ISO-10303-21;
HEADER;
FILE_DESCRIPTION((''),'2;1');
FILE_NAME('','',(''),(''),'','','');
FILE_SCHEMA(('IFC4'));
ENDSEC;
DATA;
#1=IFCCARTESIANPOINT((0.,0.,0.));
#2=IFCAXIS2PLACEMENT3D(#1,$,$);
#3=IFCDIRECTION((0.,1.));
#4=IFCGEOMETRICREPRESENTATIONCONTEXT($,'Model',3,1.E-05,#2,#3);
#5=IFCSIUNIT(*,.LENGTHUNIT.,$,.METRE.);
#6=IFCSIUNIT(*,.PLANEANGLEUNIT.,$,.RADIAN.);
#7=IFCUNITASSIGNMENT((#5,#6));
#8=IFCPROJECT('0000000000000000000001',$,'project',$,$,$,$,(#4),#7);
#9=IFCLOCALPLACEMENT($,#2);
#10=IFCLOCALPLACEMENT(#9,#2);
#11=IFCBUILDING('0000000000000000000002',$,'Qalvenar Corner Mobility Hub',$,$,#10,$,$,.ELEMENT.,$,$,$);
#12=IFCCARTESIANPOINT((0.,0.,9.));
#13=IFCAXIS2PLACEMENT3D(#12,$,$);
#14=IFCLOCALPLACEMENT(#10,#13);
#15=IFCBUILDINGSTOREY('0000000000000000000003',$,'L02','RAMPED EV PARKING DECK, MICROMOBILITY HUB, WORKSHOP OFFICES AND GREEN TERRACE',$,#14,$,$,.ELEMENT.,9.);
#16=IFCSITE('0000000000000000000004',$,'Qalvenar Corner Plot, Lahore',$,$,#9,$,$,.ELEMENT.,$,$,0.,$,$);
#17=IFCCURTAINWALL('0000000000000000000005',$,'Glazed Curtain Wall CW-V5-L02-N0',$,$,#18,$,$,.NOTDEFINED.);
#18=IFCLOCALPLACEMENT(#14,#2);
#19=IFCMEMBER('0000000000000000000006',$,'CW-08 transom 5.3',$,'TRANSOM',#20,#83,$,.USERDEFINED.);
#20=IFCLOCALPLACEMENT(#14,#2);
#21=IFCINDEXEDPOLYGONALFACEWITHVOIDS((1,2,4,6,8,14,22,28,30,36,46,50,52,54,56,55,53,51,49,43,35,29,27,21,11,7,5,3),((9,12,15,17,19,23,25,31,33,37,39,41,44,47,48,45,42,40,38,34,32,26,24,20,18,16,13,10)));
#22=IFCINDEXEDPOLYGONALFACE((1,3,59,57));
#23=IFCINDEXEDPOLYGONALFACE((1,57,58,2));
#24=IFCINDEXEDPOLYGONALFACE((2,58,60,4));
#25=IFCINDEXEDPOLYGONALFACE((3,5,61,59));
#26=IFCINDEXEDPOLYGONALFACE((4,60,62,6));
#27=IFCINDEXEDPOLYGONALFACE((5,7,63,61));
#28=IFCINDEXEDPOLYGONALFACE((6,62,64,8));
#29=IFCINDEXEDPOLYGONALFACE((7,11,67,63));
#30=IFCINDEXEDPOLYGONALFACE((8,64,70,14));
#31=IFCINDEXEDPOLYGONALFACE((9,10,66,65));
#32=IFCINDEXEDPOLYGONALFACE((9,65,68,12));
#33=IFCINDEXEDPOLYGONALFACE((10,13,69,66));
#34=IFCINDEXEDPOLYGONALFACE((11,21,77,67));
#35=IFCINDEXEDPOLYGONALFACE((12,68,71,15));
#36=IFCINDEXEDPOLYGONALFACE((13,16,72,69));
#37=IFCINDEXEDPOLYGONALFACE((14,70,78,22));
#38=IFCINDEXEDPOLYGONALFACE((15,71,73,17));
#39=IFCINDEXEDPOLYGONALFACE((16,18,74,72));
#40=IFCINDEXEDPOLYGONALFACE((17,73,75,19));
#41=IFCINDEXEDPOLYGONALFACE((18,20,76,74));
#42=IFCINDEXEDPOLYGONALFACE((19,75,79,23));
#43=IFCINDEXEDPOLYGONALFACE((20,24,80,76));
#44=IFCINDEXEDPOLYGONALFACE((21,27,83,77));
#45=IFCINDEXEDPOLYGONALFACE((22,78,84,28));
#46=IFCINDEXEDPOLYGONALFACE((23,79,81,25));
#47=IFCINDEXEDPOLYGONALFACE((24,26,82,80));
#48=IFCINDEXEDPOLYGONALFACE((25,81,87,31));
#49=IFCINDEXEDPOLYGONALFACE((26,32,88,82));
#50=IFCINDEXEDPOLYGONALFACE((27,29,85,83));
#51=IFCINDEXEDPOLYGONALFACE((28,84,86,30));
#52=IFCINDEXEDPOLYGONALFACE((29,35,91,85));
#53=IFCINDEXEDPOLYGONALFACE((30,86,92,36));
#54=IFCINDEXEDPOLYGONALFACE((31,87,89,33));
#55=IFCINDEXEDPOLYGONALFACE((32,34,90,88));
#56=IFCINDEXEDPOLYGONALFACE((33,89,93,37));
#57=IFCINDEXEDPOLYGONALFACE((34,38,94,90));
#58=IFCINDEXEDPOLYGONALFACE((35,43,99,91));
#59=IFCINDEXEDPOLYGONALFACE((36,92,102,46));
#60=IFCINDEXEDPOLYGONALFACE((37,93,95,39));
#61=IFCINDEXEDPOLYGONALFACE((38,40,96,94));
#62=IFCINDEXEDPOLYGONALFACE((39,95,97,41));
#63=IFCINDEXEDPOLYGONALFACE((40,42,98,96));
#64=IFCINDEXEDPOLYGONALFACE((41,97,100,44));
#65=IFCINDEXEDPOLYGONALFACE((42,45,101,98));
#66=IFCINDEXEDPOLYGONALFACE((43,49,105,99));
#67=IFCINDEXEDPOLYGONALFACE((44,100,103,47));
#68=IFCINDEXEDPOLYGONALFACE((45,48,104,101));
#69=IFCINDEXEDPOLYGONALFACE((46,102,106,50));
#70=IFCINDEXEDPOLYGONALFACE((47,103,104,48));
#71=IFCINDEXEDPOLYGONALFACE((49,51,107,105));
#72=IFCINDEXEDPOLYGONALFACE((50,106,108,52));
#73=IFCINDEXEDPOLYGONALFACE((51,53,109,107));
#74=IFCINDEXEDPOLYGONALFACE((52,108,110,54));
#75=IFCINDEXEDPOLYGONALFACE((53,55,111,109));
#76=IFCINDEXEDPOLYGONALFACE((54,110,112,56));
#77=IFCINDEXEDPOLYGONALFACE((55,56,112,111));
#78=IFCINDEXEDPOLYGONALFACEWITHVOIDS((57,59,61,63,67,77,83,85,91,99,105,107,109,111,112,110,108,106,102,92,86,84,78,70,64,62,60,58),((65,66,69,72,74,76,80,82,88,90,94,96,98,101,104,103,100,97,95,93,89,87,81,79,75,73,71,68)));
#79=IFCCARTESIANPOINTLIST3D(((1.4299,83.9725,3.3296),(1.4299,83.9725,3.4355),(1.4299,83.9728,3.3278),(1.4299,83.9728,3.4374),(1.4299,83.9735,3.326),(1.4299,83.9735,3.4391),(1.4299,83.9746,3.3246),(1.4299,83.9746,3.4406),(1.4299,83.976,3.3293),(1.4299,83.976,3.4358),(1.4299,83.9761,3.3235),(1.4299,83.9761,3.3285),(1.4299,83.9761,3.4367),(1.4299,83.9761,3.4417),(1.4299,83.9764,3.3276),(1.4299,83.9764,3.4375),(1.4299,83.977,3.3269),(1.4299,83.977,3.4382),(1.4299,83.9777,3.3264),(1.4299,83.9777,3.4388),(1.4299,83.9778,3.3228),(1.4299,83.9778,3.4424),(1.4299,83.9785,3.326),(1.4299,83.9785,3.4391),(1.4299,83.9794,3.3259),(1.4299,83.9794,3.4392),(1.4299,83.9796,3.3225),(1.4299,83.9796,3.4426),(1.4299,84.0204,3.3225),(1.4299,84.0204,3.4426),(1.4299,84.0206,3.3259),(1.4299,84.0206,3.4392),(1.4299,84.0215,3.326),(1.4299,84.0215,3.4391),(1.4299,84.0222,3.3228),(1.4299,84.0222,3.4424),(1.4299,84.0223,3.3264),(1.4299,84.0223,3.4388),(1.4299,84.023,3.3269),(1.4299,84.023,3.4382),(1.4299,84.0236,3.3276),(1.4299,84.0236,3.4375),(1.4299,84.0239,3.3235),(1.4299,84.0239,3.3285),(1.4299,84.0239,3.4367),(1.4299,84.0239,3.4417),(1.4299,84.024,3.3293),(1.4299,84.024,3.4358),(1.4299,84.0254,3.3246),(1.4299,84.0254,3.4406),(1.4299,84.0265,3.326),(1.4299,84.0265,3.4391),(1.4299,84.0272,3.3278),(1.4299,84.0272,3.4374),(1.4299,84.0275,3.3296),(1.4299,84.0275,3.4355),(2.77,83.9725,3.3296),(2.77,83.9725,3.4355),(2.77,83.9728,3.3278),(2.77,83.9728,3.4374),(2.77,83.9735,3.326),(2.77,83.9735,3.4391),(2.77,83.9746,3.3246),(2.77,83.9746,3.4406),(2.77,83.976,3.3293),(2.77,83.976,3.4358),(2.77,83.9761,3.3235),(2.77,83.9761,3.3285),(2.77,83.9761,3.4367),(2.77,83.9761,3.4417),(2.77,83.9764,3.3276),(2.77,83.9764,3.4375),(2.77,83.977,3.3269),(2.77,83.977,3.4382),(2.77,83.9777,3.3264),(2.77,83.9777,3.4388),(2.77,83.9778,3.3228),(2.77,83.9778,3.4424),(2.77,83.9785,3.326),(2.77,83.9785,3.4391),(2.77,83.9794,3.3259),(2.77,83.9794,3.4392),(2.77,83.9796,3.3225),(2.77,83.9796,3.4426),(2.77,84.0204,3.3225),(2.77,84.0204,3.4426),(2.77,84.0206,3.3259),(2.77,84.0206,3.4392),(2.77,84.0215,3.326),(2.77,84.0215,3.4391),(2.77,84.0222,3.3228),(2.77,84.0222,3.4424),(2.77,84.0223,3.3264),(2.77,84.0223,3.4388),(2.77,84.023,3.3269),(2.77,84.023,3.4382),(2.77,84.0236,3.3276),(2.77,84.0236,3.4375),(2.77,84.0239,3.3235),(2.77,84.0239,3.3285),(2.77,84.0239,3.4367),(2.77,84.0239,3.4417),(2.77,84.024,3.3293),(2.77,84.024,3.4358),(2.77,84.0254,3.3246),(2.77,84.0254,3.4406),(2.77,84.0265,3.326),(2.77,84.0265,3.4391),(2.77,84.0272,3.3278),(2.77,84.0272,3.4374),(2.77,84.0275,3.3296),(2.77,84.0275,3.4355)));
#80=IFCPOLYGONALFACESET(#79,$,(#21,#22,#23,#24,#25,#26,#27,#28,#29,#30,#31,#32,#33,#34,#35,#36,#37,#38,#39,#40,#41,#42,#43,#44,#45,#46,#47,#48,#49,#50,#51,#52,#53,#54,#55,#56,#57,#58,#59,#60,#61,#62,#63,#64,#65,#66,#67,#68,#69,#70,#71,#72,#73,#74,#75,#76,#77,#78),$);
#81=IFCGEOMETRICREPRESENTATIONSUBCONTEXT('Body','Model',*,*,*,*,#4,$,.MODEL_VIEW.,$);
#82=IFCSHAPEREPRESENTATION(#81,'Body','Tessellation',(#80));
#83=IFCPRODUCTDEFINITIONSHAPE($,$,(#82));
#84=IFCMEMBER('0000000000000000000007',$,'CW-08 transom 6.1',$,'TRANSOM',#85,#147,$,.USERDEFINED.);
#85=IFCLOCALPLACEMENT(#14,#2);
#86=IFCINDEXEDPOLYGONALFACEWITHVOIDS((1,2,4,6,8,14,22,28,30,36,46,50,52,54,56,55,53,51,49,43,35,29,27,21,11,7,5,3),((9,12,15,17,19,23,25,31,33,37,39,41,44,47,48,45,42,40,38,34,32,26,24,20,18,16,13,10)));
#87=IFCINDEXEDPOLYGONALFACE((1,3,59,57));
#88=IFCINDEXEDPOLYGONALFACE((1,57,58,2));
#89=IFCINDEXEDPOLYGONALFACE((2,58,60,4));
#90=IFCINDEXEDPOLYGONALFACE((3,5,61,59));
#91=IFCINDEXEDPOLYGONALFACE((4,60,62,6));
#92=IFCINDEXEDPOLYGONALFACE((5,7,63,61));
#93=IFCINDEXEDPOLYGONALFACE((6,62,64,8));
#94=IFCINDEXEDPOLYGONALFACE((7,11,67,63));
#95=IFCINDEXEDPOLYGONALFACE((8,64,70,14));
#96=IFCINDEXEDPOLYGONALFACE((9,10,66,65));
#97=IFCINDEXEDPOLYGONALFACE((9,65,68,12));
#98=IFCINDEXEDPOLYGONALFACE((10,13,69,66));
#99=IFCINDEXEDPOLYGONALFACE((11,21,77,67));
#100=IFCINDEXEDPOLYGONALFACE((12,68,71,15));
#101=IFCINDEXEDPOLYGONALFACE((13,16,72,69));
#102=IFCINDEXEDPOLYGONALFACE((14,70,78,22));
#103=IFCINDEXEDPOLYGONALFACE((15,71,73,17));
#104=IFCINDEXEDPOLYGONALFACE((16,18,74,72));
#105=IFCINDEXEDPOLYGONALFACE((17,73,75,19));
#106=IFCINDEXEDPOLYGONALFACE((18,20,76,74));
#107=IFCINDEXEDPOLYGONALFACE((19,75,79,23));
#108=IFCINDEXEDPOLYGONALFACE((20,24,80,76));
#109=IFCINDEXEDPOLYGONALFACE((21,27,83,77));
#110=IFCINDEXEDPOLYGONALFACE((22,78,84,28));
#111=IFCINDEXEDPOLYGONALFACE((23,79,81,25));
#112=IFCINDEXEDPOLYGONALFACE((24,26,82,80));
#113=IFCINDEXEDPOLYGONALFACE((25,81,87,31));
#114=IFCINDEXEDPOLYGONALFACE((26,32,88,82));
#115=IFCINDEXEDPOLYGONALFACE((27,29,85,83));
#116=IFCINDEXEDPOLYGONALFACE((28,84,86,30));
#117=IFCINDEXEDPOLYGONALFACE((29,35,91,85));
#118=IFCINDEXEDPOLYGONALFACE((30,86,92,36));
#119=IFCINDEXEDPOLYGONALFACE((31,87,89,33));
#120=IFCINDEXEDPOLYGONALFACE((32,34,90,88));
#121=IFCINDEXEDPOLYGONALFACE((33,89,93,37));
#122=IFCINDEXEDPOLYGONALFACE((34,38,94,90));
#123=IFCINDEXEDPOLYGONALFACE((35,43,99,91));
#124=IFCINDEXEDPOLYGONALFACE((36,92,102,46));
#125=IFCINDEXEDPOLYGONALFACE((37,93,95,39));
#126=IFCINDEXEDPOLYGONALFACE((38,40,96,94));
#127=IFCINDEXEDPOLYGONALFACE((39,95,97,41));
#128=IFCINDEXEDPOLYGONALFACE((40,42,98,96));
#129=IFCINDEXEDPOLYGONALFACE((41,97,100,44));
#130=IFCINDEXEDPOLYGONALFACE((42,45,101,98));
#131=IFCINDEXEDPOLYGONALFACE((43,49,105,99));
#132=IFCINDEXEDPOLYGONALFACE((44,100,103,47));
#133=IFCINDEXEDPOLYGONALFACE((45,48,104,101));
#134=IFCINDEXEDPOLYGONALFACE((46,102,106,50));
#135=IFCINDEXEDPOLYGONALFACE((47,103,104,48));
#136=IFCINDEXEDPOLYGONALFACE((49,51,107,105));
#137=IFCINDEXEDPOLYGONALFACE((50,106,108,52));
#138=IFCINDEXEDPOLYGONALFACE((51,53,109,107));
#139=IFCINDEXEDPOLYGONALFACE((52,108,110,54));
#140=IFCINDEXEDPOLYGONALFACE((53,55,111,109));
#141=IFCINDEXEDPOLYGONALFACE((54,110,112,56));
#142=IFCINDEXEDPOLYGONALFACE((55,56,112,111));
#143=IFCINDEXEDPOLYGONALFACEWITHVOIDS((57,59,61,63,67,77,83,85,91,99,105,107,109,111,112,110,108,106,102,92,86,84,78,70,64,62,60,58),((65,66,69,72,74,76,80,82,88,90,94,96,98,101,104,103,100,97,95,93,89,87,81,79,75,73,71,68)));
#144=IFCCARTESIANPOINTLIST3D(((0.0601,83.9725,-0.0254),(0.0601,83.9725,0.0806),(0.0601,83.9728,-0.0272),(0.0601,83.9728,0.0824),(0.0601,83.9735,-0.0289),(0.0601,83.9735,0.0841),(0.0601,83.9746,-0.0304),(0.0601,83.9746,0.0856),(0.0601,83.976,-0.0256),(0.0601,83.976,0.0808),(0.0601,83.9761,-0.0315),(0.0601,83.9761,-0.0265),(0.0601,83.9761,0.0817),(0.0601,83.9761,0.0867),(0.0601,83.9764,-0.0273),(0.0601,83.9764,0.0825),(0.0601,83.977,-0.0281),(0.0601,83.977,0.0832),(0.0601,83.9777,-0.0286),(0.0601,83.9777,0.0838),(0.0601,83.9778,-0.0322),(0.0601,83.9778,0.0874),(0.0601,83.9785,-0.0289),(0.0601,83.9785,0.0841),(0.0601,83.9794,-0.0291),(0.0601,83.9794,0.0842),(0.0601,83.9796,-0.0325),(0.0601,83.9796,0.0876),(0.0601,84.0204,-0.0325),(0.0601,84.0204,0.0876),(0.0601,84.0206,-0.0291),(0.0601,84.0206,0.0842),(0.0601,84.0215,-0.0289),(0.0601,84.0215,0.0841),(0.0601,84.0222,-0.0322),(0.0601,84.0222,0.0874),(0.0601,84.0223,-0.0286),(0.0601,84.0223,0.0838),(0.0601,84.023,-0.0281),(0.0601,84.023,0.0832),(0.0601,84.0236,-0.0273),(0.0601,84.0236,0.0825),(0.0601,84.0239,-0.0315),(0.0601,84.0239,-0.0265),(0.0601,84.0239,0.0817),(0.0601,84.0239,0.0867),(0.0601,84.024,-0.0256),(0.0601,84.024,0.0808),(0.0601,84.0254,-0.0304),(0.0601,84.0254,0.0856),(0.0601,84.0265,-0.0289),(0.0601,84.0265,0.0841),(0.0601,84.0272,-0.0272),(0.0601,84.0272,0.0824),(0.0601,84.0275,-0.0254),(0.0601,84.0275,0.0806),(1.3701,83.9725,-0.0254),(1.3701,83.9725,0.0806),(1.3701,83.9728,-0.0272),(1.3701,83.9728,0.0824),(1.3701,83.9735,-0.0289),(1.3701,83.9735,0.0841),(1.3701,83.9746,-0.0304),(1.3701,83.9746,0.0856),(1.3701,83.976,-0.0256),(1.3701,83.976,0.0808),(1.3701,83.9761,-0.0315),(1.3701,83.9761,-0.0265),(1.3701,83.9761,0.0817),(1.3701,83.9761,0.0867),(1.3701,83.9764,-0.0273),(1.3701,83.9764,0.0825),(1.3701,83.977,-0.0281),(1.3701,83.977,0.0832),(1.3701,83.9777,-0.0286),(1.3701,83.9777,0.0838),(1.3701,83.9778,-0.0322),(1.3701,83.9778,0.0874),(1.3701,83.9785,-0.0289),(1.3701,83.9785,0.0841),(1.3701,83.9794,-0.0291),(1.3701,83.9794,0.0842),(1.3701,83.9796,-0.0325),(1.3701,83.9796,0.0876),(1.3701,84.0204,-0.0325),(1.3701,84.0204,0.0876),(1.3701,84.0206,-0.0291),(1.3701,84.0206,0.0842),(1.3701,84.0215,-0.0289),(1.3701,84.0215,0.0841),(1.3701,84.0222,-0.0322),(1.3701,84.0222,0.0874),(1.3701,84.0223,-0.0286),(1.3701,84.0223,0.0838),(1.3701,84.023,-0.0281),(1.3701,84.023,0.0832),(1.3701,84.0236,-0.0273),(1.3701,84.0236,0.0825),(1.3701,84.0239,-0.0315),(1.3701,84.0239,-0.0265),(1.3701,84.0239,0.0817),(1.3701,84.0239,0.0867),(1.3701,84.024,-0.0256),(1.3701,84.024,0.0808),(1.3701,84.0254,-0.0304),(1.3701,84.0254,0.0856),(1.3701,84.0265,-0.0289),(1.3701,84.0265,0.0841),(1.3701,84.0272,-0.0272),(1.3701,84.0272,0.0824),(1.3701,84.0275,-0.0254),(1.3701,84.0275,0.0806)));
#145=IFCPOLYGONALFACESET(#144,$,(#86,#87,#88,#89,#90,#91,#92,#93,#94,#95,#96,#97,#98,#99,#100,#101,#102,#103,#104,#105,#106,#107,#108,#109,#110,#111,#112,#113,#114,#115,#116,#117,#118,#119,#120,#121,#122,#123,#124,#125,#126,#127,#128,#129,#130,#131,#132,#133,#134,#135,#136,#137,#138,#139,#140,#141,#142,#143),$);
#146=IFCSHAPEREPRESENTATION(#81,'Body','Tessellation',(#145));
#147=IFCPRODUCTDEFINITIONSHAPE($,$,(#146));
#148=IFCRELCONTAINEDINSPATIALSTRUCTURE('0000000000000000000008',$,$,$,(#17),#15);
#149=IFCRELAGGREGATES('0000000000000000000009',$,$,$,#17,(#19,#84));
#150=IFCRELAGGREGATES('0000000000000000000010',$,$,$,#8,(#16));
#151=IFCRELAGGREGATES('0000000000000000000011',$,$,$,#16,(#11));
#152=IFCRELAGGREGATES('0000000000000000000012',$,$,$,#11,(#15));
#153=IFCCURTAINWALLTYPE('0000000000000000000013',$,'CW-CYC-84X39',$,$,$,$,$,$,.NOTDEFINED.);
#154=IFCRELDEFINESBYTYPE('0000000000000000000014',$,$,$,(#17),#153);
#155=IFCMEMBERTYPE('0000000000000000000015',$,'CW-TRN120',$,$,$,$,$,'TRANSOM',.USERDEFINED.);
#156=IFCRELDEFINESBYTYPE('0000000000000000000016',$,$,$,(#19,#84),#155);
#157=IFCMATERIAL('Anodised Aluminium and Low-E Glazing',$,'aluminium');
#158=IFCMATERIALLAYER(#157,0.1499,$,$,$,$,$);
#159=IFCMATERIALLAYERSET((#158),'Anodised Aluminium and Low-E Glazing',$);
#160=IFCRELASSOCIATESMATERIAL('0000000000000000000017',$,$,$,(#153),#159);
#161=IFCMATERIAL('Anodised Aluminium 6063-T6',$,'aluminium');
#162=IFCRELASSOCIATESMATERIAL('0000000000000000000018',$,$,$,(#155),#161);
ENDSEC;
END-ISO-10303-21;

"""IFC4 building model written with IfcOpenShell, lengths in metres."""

from ifc_helpers import new_model, si_unit, direction, frame, origin, origin_2d, place, context, subcontext, project, spatial, hollow_rectangle, extrude, material, layer, layer_set, material_profile, profile_set, type_object, element, aggregate, save


model = new_model("IFC4")

# Units and contexts
model_context = context("Model", 3, precision=1e-05, world=origin(), true_north=direction((0.0, 1.0)))
body_context = subcontext(model_context, "Body", "Model", "MODEL_VIEW")
ifc_project = project(units=[si_unit("LENGTHUNIT", "METRE"), si_unit("PLANEANGLEUNIT", "RADIAN")], contexts=[model_context])

# Site, building, storey
site_placement = place(None, origin())
site = spatial("IfcSite", under=ifc_project, at=site_placement, Name="Qalvenar Corner Plot, Lahore", CompositionType="ELEMENT", RefElevation=0.0)
building_placement = place(site_placement, origin())
building = spatial("IfcBuilding", under=site, at=building_placement, Name="Qalvenar Corner Mobility Hub", CompositionType="ELEMENT")
storey_placement = place(building_placement, frame((0.0, 0.0, 9.0)))
storey = spatial("IfcBuildingStorey", under=building, at=storey_placement, Name="L02", Description="RAMPED EV PARKING DECK, MICROMOBILITY HUB, WORKSHOP OFFICES AND GREEN TERRACE", CompositionType="ELEMENT", Elevation=9.0)

# Shared definitions
ifc_material_1 = material(Name="Anodised Aluminium and Low-E Glazing", Category="aluminium")
ifc_layer_1 = layer(ifc_material_1, 0.1499)
ifc_layer_set_1 = layer_set([ifc_layer_1], Name="Anodised Aluminium and Low-E Glazing")
curtain_wall_type = type_object("IfcCurtainWallType", Name="CW-CYC-84X39", PredefinedType="NOTDEFINED", material=ifc_layer_set_1)
ifc_material_2 = material(Name="Anodised Aluminium 6063-T6", Category="aluminium")

# Curtain wall
curtain_wall_1_placement = place(storey_placement, origin())
curtain_wall_1 = element("IfcCurtainWall", 1, at=curtain_wall_1_placement, inside=storey, type_object=curtain_wall_type, Name="Glazed Curtain Wall CW-V5-L02-N0", PredefinedType="NOTDEFINED")

# Members
ifc_material_profile_1 = material_profile(ifc_material_2, hollow_rectangle(XDim=0.0549, YDim=0.1201, WallThickness=0.0034, InnerFilletRadius=0.0034, OuterFilletRadius=0.0071, at=origin_2d()), Name="RHS120x55x3.5")
ifc_profile_set_1 = profile_set([ifc_material_profile_1], Name="Anodised Aluminium 6063-T6")
member_type_1 = type_object("IfcMemberType", Name="CW-TRN120", ElementType="TRANSOM", PredefinedType="USERDEFINED", material=ifc_profile_set_1)
member_1_placement = place(storey_placement, frame((2.77, 84.0, 3.3826), z_axis=(-1.0, 0.0, 0.0), x_axis=(0.0, -1.0, 0.0)))
member_1 = element("IfcMember", 2, at=member_1_placement, type_object=member_type_1, Name="CW-08 transom 5.3", ObjectType="TRANSOM", PredefinedType="USERDEFINED", context=body_context, shape_type="SweptSolid", body=[
    extrude(hollow_rectangle(XDim=0.0549, YDim=0.1201, WallThickness=0.0034, InnerFilletRadius=0.0034, OuterFilletRadius=0.0071, at=origin_2d()), origin(), (0.0, 0.0, 1.0), 1.3401),
])
member_2_placement = place(storey_placement, frame((1.3701, 84.0, 0.0276), z_axis=(-1.0, 0.0, 0.0), x_axis=(0.0, -1.0, 0.0)))
member_2 = element("IfcMember", 3, at=member_2_placement, type_object=member_type_1, Name="CW-08 transom 6.1", ObjectType="TRANSOM", PredefinedType="USERDEFINED", context=body_context, shape_type="SweptSolid", body=[
    extrude(hollow_rectangle(XDim=0.0549, YDim=0.1201, WallThickness=0.0034, InnerFilletRadius=0.0034, OuterFilletRadius=0.0071, at=origin_2d()), origin(), (0.0, 0.0, 1.0), 1.3101),
])

aggregate(curtain_wall_1, [member_1, member_2])

save(model, "model.ifc")
